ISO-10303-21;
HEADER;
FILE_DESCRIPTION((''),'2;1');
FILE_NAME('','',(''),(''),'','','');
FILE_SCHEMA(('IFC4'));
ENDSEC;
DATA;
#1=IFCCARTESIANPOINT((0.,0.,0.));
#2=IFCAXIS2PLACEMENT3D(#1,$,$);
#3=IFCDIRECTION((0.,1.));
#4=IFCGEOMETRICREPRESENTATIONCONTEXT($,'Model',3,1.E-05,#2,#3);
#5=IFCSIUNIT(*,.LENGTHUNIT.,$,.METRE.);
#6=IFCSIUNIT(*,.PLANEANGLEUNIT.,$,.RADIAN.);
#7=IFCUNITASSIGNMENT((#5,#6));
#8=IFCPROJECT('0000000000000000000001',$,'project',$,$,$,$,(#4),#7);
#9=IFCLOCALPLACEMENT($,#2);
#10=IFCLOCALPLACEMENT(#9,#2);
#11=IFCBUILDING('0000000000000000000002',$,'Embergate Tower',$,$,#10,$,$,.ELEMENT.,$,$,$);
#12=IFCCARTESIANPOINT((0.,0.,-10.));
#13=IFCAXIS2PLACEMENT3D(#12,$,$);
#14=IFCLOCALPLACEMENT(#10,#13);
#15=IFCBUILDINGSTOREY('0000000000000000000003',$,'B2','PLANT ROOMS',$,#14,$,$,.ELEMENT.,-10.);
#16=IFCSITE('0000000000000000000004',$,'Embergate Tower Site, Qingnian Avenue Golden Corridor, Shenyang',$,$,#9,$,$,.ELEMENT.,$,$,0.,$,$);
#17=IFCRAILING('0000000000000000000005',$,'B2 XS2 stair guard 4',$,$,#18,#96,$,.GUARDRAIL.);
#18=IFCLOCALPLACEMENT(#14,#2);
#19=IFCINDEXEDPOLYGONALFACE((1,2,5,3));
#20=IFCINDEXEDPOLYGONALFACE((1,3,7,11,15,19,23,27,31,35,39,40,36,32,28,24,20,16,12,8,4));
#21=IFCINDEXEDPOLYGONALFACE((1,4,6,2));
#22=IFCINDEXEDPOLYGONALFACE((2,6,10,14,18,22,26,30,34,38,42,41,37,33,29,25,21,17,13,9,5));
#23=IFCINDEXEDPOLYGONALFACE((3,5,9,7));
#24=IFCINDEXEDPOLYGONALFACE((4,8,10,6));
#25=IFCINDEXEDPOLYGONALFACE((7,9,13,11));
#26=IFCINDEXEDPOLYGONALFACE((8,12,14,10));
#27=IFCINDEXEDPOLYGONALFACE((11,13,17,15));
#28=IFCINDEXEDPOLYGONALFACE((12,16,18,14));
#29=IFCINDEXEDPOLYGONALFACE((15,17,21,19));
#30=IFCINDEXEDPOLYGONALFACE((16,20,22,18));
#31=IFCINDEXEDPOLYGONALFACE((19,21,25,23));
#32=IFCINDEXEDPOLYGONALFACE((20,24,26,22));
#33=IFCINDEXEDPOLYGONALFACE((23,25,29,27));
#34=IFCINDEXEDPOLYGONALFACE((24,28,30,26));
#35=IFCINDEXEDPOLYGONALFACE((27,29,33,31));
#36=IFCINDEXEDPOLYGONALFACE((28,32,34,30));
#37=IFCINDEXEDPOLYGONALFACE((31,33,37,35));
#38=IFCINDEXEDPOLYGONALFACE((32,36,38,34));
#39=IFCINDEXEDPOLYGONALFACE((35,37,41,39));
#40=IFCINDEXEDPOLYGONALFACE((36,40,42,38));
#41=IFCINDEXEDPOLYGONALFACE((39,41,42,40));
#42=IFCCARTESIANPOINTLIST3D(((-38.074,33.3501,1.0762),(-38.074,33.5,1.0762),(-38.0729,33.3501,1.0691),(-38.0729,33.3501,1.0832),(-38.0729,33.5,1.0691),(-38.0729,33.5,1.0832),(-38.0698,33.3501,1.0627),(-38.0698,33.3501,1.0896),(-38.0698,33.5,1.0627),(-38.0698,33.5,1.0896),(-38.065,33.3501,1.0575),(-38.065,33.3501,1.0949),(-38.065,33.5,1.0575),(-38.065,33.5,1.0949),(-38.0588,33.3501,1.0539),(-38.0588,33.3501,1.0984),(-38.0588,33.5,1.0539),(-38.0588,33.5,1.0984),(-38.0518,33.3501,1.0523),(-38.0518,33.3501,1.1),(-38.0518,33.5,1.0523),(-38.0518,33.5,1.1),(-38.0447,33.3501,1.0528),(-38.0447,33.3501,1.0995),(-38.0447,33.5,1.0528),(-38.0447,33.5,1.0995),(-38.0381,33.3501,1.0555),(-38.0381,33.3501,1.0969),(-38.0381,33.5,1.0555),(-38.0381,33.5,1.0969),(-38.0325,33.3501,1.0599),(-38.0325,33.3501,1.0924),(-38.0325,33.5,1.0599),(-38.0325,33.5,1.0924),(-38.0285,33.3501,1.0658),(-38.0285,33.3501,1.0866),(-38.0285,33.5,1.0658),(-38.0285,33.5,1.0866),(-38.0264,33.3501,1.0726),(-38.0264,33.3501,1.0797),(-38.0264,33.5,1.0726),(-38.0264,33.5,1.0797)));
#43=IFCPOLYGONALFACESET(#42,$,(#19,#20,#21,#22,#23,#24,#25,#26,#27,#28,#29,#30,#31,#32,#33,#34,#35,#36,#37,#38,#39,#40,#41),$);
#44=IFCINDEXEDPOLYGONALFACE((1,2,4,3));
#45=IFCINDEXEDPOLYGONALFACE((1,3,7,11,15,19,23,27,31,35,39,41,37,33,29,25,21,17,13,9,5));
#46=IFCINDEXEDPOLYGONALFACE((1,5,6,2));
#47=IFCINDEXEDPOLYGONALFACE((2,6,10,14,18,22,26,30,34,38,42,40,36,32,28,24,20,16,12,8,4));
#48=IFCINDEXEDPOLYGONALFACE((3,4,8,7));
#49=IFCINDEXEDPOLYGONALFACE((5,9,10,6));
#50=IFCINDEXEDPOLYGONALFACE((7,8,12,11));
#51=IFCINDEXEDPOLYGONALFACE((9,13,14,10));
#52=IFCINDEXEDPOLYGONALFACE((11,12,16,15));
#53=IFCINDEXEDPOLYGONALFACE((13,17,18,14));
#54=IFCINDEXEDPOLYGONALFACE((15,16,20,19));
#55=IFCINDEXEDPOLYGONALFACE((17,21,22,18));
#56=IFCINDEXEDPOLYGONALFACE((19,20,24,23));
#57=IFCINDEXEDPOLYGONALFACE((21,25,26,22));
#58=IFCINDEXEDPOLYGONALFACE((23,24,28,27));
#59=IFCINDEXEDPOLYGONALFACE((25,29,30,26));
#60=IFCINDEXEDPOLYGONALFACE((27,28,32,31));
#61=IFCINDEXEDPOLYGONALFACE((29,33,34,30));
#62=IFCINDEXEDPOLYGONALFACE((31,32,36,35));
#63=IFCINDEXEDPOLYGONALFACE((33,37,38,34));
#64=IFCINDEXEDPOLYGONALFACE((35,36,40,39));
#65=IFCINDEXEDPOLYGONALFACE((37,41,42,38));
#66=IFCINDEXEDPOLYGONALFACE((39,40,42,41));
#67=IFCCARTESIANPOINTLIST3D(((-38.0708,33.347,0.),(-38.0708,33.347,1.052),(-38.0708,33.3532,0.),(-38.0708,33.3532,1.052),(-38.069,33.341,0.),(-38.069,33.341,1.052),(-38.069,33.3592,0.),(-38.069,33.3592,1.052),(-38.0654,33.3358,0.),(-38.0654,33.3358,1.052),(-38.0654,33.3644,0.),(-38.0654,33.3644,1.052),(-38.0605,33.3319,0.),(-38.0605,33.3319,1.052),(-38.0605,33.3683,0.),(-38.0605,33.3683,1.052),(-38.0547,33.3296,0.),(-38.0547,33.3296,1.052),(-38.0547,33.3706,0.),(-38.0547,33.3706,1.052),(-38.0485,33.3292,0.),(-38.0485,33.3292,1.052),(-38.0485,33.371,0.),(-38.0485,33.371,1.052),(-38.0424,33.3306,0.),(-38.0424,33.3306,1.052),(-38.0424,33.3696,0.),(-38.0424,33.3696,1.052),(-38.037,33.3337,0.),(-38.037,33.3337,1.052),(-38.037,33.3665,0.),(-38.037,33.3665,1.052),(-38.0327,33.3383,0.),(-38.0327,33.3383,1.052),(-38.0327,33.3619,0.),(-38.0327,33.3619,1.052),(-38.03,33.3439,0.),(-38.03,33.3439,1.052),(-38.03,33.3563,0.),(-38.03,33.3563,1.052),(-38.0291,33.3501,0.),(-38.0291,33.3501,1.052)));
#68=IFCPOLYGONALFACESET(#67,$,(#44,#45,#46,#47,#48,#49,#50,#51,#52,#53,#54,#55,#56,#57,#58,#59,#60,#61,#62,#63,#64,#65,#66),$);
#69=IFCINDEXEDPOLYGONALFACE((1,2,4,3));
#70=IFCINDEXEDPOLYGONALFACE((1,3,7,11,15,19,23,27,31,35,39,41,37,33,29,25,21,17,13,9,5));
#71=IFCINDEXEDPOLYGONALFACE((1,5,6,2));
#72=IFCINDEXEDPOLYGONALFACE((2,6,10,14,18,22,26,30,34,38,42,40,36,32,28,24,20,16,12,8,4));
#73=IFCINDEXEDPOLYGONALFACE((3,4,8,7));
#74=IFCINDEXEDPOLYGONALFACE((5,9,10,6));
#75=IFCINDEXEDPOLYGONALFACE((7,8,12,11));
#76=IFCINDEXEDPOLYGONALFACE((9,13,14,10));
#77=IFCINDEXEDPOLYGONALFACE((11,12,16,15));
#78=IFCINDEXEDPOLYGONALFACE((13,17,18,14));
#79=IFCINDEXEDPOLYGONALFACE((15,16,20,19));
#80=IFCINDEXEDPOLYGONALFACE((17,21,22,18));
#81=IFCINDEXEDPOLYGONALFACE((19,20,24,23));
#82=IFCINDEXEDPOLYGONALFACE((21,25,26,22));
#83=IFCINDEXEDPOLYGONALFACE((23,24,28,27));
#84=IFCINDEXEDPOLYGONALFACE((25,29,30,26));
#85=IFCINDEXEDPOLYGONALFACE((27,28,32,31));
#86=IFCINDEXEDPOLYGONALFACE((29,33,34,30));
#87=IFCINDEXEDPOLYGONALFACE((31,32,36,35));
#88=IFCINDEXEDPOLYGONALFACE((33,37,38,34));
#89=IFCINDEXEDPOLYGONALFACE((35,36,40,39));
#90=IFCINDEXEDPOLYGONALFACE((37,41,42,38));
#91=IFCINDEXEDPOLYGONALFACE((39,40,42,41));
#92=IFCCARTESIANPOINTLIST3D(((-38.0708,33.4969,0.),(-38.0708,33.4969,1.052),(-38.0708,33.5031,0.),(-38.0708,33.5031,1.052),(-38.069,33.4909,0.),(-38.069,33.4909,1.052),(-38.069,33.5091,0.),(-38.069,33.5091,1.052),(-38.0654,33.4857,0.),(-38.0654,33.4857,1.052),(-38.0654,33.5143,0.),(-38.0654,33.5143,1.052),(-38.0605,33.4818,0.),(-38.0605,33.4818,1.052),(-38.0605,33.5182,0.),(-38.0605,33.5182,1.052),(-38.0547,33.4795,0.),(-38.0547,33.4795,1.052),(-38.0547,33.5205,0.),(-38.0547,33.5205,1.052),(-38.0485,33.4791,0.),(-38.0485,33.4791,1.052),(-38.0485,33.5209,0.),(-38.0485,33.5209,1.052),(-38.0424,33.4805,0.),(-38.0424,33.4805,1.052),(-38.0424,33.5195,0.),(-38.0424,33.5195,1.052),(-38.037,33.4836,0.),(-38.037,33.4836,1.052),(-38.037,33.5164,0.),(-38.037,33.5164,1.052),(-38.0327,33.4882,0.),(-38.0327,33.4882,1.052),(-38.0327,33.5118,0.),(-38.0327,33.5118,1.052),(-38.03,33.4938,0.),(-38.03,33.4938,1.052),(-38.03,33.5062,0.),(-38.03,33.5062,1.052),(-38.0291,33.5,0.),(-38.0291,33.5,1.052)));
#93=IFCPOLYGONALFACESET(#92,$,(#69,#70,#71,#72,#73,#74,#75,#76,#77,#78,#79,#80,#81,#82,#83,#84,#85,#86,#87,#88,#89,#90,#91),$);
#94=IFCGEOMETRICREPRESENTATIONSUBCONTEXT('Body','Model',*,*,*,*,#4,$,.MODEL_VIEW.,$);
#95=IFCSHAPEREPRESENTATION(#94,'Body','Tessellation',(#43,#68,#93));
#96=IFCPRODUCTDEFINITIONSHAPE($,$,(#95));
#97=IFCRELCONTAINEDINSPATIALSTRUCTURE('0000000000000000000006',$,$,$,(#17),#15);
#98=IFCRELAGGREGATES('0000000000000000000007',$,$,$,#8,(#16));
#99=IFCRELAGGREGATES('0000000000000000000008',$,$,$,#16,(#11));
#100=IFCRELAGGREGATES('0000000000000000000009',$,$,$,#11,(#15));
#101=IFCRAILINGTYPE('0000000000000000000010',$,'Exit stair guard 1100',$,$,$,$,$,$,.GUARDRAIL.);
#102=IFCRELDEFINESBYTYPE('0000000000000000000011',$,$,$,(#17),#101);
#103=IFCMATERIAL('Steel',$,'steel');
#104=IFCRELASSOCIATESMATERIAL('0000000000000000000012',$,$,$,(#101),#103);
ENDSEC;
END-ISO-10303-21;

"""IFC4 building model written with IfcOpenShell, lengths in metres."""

from ifc_helpers import new_model, si_unit, direction, frame, origin, origin_2d, place, context, subcontext, project, spatial, circle, extrude, source, transform, mapped, material, type_object, element, save


model = new_model("IFC4")

# Units and contexts
model_context = context("Model", 3, precision=1e-05, world=origin(), true_north=direction((0.0, 1.0)))
body_context = subcontext(model_context, "Body", "Model", "MODEL_VIEW")
ifc_project = project(units=[si_unit("LENGTHUNIT", "METRE"), si_unit("PLANEANGLEUNIT", "RADIAN")], contexts=[model_context])

# Site, building, storey
site_placement = place(None, origin())
site = spatial("IfcSite", under=ifc_project, at=site_placement, Name="Embergate Tower Site, Qingnian Avenue Golden Corridor, Shenyang", CompositionType="ELEMENT", RefElevation=0.0)
building_placement = place(site_placement, origin())
building = spatial("IfcBuilding", under=site, at=building_placement, Name="Embergate Tower", CompositionType="ELEMENT")
storey_placement = place(building_placement, frame((0.0, 0.0, -10.0)))
storey = spatial("IfcBuildingStorey", under=building, at=storey_placement, Name="B2", Description="PLANT ROOMS", CompositionType="ELEMENT", Elevation=-10.0)

# Railing
ifc_material_1 = material(Name="Steel", Category="steel")
railing_type_1 = type_object("IfcRailingType", Name="Exit stair guard 1100", PredefinedType="GUARDRAIL", material=ifc_material_1)
shared_shape_1 = source(origin(), body_context, "Body", "SweptSolid", [
    extrude(circle(Radius=0.0239, at=origin_2d()), frame((0.0, 0.0, 1.0762), z_axis=(0.0, 1.0, 0.0), x_axis=(-1.0, 0.0, 0.0)), (0.0, 0.0, 1.0), 0.1499),
    extrude(circle(Radius=0.021, at=origin_2d()), origin(), (0.0, 0.0, 1.0), 1.052),
    extrude(circle(Radius=0.021, at=origin_2d()), frame((0.0, 0.1499, 0.0)), (0.0, 0.0, 1.0), 1.052),
])
for number, where, name in (
    (1, (-38.05, 33.3501, 0.0), "B2 XS2 stair guard 4"),
):
    element("IfcRailing", number, at=place(storey_placement, frame(where)), inside=storey, type_object=railing_type_1, Name=name, PredefinedType="GUARDRAIL", context=body_context, shape_type="MappedRepresentation", body=[
        mapped(shared_shape_1, transform((0.0, 0.0, 0.0))),
    ])

save(model, "model.ifc")
